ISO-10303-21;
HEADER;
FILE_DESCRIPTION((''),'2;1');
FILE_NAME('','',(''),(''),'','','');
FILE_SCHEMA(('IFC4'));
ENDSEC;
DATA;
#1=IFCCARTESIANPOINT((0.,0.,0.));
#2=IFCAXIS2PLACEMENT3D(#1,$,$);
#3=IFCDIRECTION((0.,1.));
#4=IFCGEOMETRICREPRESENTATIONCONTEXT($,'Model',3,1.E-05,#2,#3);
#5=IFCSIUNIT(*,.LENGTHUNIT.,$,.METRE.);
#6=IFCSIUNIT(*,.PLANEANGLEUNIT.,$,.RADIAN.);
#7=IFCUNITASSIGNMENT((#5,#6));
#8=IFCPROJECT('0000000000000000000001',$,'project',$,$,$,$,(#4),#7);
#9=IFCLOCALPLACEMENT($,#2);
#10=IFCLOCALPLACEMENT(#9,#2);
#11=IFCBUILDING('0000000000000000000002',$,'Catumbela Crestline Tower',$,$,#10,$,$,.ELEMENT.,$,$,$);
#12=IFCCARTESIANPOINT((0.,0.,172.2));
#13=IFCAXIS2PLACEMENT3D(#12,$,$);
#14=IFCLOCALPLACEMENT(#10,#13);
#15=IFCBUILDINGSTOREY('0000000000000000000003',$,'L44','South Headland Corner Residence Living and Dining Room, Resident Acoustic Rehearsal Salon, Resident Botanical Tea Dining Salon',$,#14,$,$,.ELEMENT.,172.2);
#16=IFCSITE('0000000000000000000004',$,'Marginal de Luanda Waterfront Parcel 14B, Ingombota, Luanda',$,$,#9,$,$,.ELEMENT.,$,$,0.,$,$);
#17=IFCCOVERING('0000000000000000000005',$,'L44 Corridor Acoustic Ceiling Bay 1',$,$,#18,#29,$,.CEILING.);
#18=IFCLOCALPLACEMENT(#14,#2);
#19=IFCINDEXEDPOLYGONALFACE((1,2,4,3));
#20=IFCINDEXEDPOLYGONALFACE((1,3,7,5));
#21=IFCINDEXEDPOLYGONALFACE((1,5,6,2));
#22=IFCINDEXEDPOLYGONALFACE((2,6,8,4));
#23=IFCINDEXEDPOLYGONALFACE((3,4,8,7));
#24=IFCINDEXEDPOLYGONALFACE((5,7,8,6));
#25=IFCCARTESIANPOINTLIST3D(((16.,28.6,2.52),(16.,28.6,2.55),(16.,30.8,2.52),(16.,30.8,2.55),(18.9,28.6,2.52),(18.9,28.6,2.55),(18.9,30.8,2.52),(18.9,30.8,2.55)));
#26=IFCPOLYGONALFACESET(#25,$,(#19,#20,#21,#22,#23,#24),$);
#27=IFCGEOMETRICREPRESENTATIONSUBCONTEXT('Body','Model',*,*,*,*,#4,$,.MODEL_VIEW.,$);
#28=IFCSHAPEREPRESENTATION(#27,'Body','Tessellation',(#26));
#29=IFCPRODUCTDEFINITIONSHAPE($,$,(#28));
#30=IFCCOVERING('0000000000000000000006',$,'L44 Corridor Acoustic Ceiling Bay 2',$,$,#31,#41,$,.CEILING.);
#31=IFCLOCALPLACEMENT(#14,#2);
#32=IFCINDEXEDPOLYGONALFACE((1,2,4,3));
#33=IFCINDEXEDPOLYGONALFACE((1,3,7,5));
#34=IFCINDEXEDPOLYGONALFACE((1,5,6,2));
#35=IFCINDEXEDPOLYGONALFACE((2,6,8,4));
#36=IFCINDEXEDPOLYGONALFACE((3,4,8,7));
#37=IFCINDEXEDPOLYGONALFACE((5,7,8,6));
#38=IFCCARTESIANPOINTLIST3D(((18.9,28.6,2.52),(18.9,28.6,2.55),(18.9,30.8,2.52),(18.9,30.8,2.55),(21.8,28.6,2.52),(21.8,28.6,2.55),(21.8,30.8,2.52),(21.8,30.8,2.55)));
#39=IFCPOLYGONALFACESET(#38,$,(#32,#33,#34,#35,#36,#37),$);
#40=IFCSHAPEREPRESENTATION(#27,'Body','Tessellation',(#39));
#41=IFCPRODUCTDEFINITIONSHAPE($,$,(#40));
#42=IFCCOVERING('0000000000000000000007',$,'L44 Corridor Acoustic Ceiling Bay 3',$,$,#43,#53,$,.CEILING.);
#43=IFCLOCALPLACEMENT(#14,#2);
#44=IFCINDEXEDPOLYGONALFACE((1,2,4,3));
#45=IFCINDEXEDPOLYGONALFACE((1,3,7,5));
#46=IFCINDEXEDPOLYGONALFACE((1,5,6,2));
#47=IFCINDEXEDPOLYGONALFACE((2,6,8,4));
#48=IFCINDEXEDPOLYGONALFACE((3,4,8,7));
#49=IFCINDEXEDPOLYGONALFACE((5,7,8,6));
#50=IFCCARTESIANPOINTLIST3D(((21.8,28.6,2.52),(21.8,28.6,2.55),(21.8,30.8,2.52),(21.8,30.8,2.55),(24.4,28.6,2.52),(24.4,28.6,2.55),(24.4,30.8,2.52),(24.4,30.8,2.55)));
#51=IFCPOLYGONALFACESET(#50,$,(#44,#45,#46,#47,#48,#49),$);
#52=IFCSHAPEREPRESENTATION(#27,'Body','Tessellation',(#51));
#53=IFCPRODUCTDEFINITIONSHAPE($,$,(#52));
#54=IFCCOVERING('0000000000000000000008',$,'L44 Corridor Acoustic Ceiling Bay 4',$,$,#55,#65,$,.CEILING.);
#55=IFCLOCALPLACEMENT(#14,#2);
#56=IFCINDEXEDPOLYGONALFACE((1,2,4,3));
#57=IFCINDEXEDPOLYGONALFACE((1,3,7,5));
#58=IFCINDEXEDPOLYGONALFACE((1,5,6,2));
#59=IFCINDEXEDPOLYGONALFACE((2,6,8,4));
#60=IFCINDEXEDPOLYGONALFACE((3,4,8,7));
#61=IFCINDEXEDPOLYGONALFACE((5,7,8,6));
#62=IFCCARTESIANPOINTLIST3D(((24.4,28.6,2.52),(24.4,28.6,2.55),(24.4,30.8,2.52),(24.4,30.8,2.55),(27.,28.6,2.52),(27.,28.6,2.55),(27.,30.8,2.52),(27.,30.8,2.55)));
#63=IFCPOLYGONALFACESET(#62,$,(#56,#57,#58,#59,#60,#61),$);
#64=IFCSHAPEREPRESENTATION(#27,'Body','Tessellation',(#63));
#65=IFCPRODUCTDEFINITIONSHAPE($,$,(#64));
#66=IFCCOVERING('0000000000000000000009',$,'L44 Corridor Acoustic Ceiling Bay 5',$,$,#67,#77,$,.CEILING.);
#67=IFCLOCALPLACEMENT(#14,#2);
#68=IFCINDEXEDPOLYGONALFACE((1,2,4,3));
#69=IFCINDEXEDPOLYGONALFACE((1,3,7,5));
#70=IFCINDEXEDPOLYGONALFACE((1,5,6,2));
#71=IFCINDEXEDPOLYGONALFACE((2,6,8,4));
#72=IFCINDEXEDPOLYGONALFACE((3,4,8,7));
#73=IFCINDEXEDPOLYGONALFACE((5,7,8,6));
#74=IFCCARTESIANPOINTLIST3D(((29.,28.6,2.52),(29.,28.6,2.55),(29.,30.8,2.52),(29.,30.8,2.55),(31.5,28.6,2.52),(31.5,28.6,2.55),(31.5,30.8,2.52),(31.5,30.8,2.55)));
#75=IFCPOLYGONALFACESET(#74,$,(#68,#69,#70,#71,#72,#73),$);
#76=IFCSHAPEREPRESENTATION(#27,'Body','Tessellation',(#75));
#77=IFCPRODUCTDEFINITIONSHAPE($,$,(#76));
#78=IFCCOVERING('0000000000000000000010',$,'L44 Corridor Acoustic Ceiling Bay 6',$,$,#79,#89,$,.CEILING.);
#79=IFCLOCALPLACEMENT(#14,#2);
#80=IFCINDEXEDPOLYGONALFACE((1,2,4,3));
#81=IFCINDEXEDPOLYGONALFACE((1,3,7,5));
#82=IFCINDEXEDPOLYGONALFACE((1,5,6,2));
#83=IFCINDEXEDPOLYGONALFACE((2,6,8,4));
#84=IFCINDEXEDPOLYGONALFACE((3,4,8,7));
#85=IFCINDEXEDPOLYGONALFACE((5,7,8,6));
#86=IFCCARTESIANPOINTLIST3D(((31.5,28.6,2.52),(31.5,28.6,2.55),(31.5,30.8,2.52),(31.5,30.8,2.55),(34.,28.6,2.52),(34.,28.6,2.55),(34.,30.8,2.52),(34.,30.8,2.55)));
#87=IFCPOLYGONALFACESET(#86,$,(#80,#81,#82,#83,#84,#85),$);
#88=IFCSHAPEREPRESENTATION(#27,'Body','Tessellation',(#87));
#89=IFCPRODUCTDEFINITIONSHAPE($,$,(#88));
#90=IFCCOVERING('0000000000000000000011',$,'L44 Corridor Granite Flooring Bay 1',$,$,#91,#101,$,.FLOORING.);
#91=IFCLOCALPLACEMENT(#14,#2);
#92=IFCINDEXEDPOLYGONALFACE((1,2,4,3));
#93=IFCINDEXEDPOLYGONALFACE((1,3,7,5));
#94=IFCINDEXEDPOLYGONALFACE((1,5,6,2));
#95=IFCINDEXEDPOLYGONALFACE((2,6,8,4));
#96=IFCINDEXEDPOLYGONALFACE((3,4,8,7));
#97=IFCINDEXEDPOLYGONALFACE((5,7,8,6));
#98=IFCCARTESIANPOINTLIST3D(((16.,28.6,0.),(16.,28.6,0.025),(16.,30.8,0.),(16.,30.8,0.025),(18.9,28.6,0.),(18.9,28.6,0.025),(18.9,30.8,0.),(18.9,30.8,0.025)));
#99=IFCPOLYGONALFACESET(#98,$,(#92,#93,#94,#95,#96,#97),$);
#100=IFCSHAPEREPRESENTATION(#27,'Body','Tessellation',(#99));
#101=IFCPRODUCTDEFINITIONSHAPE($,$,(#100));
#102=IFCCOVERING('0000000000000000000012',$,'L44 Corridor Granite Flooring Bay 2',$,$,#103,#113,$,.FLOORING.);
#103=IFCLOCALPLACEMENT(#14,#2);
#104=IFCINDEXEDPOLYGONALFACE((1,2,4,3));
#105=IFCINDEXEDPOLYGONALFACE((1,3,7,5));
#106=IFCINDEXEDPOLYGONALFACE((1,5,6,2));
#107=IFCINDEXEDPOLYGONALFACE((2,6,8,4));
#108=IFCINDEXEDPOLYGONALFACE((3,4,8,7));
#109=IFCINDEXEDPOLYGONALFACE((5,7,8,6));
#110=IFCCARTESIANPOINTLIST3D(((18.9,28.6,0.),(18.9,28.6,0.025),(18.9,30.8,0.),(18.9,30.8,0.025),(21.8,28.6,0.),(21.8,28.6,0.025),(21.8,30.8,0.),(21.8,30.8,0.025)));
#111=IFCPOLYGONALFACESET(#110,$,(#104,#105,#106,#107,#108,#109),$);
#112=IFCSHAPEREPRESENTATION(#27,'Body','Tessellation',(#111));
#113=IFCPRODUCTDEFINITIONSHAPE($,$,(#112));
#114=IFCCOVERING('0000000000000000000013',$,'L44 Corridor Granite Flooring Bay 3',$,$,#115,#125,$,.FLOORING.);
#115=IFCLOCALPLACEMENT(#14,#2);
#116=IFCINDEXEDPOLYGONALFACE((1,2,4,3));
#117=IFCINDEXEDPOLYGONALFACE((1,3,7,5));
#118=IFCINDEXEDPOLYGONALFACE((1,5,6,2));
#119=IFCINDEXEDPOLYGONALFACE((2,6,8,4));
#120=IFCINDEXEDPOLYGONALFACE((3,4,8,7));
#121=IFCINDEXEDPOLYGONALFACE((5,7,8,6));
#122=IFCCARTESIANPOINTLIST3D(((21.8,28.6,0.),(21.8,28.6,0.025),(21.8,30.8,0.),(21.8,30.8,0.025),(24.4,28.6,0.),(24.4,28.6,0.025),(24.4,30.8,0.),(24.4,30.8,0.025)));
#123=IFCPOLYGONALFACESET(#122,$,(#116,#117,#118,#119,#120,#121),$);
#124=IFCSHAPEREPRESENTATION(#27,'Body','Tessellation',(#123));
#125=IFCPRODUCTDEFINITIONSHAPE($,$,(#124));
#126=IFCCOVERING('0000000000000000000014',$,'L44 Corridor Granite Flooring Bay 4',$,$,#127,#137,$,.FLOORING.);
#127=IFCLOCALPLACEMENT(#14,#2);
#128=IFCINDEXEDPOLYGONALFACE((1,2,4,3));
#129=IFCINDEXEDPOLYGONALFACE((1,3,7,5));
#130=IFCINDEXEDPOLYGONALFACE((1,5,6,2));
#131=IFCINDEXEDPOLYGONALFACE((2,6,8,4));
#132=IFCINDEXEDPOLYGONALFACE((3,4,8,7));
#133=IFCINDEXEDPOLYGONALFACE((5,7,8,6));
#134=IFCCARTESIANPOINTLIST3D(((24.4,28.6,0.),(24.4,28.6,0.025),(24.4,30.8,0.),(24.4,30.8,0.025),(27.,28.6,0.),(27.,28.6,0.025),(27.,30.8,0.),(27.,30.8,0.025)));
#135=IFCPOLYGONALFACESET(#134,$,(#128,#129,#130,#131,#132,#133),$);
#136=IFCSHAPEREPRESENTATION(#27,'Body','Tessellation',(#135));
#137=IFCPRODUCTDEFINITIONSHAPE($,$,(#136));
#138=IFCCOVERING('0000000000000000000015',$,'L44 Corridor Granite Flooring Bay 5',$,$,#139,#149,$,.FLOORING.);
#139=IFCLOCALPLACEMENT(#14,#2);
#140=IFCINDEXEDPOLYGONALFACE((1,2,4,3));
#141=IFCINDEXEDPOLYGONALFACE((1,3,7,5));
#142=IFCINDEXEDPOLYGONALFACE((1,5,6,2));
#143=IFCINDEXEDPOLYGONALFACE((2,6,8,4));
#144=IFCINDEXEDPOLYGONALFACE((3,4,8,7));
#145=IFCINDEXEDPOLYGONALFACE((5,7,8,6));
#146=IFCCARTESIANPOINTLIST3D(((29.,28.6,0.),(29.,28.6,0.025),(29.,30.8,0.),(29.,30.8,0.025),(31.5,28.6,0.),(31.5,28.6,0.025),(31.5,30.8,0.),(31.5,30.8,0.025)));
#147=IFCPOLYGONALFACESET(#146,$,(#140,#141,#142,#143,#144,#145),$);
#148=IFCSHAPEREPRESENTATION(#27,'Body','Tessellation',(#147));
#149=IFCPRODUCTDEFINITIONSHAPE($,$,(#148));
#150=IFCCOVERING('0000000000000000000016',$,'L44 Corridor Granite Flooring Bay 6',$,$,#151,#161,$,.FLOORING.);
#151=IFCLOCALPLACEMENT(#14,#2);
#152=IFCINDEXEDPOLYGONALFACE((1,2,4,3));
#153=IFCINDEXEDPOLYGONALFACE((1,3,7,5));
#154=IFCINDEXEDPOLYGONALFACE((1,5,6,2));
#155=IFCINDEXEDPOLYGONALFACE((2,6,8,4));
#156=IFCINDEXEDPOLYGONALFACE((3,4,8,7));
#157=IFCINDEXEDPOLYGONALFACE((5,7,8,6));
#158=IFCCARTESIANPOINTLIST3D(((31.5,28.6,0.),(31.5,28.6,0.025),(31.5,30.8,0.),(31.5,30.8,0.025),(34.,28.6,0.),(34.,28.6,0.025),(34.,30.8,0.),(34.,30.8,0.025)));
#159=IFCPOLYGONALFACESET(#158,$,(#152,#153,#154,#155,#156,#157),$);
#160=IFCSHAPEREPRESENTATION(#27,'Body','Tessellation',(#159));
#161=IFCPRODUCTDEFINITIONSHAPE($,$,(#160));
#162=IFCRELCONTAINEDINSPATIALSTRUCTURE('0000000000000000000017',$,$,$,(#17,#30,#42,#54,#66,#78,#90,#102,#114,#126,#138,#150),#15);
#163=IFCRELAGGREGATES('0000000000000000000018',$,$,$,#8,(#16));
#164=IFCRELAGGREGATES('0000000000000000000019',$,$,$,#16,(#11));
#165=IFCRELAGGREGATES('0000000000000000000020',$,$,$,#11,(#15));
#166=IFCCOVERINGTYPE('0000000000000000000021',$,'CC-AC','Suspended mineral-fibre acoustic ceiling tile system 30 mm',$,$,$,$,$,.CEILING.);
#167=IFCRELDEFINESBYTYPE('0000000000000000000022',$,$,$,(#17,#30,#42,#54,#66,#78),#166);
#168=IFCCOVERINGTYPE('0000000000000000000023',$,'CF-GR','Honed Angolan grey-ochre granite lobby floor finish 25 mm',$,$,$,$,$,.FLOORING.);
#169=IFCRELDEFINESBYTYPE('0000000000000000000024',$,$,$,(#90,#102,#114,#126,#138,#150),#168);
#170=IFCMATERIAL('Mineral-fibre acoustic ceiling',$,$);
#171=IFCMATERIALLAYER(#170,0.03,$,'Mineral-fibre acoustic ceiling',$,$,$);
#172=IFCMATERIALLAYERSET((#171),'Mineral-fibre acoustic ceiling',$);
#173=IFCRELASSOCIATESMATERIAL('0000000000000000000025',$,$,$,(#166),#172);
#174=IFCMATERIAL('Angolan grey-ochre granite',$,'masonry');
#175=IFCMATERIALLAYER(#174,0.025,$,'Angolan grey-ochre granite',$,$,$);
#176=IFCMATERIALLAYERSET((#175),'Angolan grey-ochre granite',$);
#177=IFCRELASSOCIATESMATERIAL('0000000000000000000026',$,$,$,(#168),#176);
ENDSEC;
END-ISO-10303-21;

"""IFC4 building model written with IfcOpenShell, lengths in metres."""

from ifc_helpers import new_model, si_unit, direction, frame, origin, place, context, subcontext, project, spatial, polyline, outline, extrude, material, layer, layer_set, type_object, element, save


model = new_model("IFC4")

# Units and contexts
model_context = context("Model", 3, precision=1e-05, world=origin(), true_north=direction((0.0, 1.0)))
body_context = subcontext(model_context, "Body", "Model", "MODEL_VIEW")
ifc_project = project(units=[si_unit("LENGTHUNIT", "METRE"), si_unit("PLANEANGLEUNIT", "RADIAN")], contexts=[model_context])

# Site, building, storey
site_placement = place(None, origin())
site = spatial("IfcSite", under=ifc_project, at=site_placement, Name="Marginal de Luanda Waterfront Parcel 14B, Ingombota, Luanda", CompositionType="ELEMENT", RefElevation=0.0)
building_placement = place(site_placement, origin())
building = spatial("IfcBuilding", under=site, at=building_placement, Name="Catumbela Crestline Tower", CompositionType="ELEMENT")
storey_placement = place(building_placement, frame((0.0, 0.0, 172.2)))
storey = spatial("IfcBuildingStorey", under=building, at=storey_placement, Name="L44", Description="South Headland Corner Residence Living and Dining Room, Resident Acoustic Rehearsal Salon, Resident Botanical Tea Dining Salon", CompositionType="ELEMENT", Elevation=172.2)

# Coverings
ifc_material_1 = material(Name="Mineral-fibre acoustic ceiling")
ifc_layer_1 = layer(ifc_material_1, 0.03, Name="Mineral-fibre acoustic ceiling")
ifc_layer_set_1 = layer_set([ifc_layer_1], Name="Mineral-fibre acoustic ceiling")
covering_type_1 = type_object("IfcCoveringType", Name="CC-AC", Description="Suspended mineral-fibre acoustic ceiling tile system 30 mm", PredefinedType="CEILING", material=ifc_layer_set_1)
covering_1_placement = place(storey_placement, frame((0.0, 0.0, 2.52)))
element("IfcCovering", 1, at=covering_1_placement, inside=storey, type_object=covering_type_1, Name="L44 Corridor Acoustic Ceiling Bay 1", PredefinedType="CEILING", context=body_context, shape_type="SweptSolid", body=[
    extrude(outline(polyline([(16.0, 28.6), (18.9, 28.6), (18.9, 30.8), (16.0, 30.8), (16.0, 28.6)])), origin(), (0.0, 0.0, 1.0), 0.03),
])
covering_2_placement = place(storey_placement, frame((0.0, 0.0, 2.52)))
element("IfcCovering", 2, at=covering_2_placement, inside=storey, type_object=covering_type_1, Name="L44 Corridor Acoustic Ceiling Bay 2", PredefinedType="CEILING", context=body_context, shape_type="SweptSolid", body=[
    extrude(outline(polyline([(18.9, 28.6), (21.8, 28.6), (21.8, 30.8), (18.9, 30.8), (18.9, 28.6)])), origin(), (0.0, 0.0, 1.0), 0.03),
])
covering_3_placement = place(storey_placement, frame((0.0, 0.0, 2.52)))
element("IfcCovering", 3, at=covering_3_placement, inside=storey, type_object=covering_type_1, Name="L44 Corridor Acoustic Ceiling Bay 3", PredefinedType="CEILING", context=body_context, shape_type="SweptSolid", body=[
    extrude(outline(polyline([(21.8, 28.6), (24.4, 28.6), (24.4, 30.8), (21.8, 30.8), (21.8, 28.6)])), origin(), (0.0, 0.0, 1.0), 0.03),
])
covering_4_placement = place(storey_placement, frame((0.0, 0.0, 2.52)))
element("IfcCovering", 4, at=covering_4_placement, inside=storey, type_object=covering_type_1, Name="L44 Corridor Acoustic Ceiling Bay 4", PredefinedType="CEILING", context=body_context, shape_type="SweptSolid", body=[
    extrude(outline(polyline([(24.4, 28.6), (27.0, 28.6), (27.0, 30.8), (24.4, 30.8), (24.4, 28.6)])), origin(), (0.0, 0.0, 1.0), 0.03),
])
covering_5_placement = place(storey_placement, frame((0.0, 0.0, 2.52)))
element("IfcCovering", 5, at=covering_5_placement, inside=storey, type_object=covering_type_1, Name="L44 Corridor Acoustic Ceiling Bay 5", PredefinedType="CEILING", context=body_context, shape_type="SweptSolid", body=[
    extrude(outline(polyline([(29.0, 28.6), (31.5, 28.6), (31.5, 30.8), (29.0, 30.8), (29.0, 28.6)])), origin(), (0.0, 0.0, 1.0), 0.03),
])
covering_6_placement = place(storey_placement, frame((0.0, 0.0, 2.52)))
element("IfcCovering", 6, at=covering_6_placement, inside=storey, type_object=covering_type_1, Name="L44 Corridor Acoustic Ceiling Bay 6", PredefinedType="CEILING", context=body_context, shape_type="SweptSolid", body=[
    extrude(outline(polyline([(31.5, 28.6), (34.0, 28.6), (34.0, 30.8), (31.5, 30.8), (31.5, 28.6)])), origin(), (0.0, 0.0, 1.0), 0.03),
])
ifc_material_2 = material(Name="Angolan grey-ochre granite", Category="masonry")
ifc_layer_2 = layer(ifc_material_2, 0.025, Name="Angolan grey-ochre granite")
ifc_layer_set_2 = layer_set([ifc_layer_2], Name="Angolan grey-ochre granite")
covering_type_2 = type_object("IfcCoveringType", Name="CF-GR", Description="Honed Angolan grey-ochre granite lobby floor finish 25 mm", PredefinedType="FLOORING", material=ifc_layer_set_2)
covering_7_placement = place(storey_placement, origin())
element("IfcCovering", 7, at=covering_7_placement, inside=storey, type_object=covering_type_2, Name="L44 Corridor Granite Flooring Bay 1", PredefinedType="FLOORING", context=body_context, shape_type="SweptSolid", body=[
    extrude(outline(polyline([(16.0, 28.6), (18.9, 28.6), (18.9, 30.8), (16.0, 30.8), (16.0, 28.6)])), origin(), (0.0, 0.0, 1.0), 0.025),
])
covering_8_placement = place(storey_placement, origin())
element("IfcCovering", 8, at=covering_8_placement, inside=storey, type_object=covering_type_2, Name="L44 Corridor Granite Flooring Bay 2", PredefinedType="FLOORING", context=body_context, shape_type="SweptSolid", body=[
    extrude(outline(polyline([(18.9, 28.6), (21.8, 28.6), (21.8, 30.8), (18.9, 30.8), (18.9, 28.6)])), origin(), (0.0, 0.0, 1.0), 0.025),
])
covering_9_placement = place(storey_placement, origin())
element("IfcCovering", 9, at=covering_9_placement, inside=storey, type_object=covering_type_2, Name="L44 Corridor Granite Flooring Bay 3", PredefinedType="FLOORING", context=body_context, shape_type="SweptSolid", body=[
    extrude(outline(polyline([(21.8, 28.6), (24.4, 28.6), (24.4, 30.8), (21.8, 30.8), (21.8, 28.6)])), origin(), (0.0, 0.0, 1.0), 0.025),
])
covering_10_placement = place(storey_placement, origin())
element("IfcCovering", 10, at=covering_10_placement, inside=storey, type_object=covering_type_2, Name="L44 Corridor Granite Flooring Bay 4", PredefinedType="FLOORING", context=body_context, shape_type="SweptSolid", body=[
    extrude(outline(polyline([(24.4, 28.6), (27.0, 28.6), (27.0, 30.8), (24.4, 30.8), (24.4, 28.6)])), origin(), (0.0, 0.0, 1.0), 0.025),
])
covering_11_placement = place(storey_placement, origin())
element("IfcCovering", 11, at=covering_11_placement, inside=storey, type_object=covering_type_2, Name="L44 Corridor Granite Flooring Bay 5", PredefinedType="FLOORING", context=body_context, shape_type="SweptSolid", body=[
    extrude(outline(polyline([(29.0, 28.6), (31.5, 28.6), (31.5, 30.8), (29.0, 30.8), (29.0, 28.6)])), origin(), (0.0, 0.0, 1.0), 0.025),
])
covering_12_placement = place(storey_placement, origin())
element("IfcCovering", 12, at=covering_12_placement, inside=storey, type_object=covering_type_2, Name="L44 Corridor Granite Flooring Bay 6", PredefinedType="FLOORING", context=body_context, shape_type="SweptSolid", body=[
    extrude(outline(polyline([(31.5, 28.6), (34.0, 28.6), (34.0, 30.8), (31.5, 30.8), (31.5, 28.6)])), origin(), (0.0, 0.0, 1.0), 0.025),
])

save(model, "model.ifc")
